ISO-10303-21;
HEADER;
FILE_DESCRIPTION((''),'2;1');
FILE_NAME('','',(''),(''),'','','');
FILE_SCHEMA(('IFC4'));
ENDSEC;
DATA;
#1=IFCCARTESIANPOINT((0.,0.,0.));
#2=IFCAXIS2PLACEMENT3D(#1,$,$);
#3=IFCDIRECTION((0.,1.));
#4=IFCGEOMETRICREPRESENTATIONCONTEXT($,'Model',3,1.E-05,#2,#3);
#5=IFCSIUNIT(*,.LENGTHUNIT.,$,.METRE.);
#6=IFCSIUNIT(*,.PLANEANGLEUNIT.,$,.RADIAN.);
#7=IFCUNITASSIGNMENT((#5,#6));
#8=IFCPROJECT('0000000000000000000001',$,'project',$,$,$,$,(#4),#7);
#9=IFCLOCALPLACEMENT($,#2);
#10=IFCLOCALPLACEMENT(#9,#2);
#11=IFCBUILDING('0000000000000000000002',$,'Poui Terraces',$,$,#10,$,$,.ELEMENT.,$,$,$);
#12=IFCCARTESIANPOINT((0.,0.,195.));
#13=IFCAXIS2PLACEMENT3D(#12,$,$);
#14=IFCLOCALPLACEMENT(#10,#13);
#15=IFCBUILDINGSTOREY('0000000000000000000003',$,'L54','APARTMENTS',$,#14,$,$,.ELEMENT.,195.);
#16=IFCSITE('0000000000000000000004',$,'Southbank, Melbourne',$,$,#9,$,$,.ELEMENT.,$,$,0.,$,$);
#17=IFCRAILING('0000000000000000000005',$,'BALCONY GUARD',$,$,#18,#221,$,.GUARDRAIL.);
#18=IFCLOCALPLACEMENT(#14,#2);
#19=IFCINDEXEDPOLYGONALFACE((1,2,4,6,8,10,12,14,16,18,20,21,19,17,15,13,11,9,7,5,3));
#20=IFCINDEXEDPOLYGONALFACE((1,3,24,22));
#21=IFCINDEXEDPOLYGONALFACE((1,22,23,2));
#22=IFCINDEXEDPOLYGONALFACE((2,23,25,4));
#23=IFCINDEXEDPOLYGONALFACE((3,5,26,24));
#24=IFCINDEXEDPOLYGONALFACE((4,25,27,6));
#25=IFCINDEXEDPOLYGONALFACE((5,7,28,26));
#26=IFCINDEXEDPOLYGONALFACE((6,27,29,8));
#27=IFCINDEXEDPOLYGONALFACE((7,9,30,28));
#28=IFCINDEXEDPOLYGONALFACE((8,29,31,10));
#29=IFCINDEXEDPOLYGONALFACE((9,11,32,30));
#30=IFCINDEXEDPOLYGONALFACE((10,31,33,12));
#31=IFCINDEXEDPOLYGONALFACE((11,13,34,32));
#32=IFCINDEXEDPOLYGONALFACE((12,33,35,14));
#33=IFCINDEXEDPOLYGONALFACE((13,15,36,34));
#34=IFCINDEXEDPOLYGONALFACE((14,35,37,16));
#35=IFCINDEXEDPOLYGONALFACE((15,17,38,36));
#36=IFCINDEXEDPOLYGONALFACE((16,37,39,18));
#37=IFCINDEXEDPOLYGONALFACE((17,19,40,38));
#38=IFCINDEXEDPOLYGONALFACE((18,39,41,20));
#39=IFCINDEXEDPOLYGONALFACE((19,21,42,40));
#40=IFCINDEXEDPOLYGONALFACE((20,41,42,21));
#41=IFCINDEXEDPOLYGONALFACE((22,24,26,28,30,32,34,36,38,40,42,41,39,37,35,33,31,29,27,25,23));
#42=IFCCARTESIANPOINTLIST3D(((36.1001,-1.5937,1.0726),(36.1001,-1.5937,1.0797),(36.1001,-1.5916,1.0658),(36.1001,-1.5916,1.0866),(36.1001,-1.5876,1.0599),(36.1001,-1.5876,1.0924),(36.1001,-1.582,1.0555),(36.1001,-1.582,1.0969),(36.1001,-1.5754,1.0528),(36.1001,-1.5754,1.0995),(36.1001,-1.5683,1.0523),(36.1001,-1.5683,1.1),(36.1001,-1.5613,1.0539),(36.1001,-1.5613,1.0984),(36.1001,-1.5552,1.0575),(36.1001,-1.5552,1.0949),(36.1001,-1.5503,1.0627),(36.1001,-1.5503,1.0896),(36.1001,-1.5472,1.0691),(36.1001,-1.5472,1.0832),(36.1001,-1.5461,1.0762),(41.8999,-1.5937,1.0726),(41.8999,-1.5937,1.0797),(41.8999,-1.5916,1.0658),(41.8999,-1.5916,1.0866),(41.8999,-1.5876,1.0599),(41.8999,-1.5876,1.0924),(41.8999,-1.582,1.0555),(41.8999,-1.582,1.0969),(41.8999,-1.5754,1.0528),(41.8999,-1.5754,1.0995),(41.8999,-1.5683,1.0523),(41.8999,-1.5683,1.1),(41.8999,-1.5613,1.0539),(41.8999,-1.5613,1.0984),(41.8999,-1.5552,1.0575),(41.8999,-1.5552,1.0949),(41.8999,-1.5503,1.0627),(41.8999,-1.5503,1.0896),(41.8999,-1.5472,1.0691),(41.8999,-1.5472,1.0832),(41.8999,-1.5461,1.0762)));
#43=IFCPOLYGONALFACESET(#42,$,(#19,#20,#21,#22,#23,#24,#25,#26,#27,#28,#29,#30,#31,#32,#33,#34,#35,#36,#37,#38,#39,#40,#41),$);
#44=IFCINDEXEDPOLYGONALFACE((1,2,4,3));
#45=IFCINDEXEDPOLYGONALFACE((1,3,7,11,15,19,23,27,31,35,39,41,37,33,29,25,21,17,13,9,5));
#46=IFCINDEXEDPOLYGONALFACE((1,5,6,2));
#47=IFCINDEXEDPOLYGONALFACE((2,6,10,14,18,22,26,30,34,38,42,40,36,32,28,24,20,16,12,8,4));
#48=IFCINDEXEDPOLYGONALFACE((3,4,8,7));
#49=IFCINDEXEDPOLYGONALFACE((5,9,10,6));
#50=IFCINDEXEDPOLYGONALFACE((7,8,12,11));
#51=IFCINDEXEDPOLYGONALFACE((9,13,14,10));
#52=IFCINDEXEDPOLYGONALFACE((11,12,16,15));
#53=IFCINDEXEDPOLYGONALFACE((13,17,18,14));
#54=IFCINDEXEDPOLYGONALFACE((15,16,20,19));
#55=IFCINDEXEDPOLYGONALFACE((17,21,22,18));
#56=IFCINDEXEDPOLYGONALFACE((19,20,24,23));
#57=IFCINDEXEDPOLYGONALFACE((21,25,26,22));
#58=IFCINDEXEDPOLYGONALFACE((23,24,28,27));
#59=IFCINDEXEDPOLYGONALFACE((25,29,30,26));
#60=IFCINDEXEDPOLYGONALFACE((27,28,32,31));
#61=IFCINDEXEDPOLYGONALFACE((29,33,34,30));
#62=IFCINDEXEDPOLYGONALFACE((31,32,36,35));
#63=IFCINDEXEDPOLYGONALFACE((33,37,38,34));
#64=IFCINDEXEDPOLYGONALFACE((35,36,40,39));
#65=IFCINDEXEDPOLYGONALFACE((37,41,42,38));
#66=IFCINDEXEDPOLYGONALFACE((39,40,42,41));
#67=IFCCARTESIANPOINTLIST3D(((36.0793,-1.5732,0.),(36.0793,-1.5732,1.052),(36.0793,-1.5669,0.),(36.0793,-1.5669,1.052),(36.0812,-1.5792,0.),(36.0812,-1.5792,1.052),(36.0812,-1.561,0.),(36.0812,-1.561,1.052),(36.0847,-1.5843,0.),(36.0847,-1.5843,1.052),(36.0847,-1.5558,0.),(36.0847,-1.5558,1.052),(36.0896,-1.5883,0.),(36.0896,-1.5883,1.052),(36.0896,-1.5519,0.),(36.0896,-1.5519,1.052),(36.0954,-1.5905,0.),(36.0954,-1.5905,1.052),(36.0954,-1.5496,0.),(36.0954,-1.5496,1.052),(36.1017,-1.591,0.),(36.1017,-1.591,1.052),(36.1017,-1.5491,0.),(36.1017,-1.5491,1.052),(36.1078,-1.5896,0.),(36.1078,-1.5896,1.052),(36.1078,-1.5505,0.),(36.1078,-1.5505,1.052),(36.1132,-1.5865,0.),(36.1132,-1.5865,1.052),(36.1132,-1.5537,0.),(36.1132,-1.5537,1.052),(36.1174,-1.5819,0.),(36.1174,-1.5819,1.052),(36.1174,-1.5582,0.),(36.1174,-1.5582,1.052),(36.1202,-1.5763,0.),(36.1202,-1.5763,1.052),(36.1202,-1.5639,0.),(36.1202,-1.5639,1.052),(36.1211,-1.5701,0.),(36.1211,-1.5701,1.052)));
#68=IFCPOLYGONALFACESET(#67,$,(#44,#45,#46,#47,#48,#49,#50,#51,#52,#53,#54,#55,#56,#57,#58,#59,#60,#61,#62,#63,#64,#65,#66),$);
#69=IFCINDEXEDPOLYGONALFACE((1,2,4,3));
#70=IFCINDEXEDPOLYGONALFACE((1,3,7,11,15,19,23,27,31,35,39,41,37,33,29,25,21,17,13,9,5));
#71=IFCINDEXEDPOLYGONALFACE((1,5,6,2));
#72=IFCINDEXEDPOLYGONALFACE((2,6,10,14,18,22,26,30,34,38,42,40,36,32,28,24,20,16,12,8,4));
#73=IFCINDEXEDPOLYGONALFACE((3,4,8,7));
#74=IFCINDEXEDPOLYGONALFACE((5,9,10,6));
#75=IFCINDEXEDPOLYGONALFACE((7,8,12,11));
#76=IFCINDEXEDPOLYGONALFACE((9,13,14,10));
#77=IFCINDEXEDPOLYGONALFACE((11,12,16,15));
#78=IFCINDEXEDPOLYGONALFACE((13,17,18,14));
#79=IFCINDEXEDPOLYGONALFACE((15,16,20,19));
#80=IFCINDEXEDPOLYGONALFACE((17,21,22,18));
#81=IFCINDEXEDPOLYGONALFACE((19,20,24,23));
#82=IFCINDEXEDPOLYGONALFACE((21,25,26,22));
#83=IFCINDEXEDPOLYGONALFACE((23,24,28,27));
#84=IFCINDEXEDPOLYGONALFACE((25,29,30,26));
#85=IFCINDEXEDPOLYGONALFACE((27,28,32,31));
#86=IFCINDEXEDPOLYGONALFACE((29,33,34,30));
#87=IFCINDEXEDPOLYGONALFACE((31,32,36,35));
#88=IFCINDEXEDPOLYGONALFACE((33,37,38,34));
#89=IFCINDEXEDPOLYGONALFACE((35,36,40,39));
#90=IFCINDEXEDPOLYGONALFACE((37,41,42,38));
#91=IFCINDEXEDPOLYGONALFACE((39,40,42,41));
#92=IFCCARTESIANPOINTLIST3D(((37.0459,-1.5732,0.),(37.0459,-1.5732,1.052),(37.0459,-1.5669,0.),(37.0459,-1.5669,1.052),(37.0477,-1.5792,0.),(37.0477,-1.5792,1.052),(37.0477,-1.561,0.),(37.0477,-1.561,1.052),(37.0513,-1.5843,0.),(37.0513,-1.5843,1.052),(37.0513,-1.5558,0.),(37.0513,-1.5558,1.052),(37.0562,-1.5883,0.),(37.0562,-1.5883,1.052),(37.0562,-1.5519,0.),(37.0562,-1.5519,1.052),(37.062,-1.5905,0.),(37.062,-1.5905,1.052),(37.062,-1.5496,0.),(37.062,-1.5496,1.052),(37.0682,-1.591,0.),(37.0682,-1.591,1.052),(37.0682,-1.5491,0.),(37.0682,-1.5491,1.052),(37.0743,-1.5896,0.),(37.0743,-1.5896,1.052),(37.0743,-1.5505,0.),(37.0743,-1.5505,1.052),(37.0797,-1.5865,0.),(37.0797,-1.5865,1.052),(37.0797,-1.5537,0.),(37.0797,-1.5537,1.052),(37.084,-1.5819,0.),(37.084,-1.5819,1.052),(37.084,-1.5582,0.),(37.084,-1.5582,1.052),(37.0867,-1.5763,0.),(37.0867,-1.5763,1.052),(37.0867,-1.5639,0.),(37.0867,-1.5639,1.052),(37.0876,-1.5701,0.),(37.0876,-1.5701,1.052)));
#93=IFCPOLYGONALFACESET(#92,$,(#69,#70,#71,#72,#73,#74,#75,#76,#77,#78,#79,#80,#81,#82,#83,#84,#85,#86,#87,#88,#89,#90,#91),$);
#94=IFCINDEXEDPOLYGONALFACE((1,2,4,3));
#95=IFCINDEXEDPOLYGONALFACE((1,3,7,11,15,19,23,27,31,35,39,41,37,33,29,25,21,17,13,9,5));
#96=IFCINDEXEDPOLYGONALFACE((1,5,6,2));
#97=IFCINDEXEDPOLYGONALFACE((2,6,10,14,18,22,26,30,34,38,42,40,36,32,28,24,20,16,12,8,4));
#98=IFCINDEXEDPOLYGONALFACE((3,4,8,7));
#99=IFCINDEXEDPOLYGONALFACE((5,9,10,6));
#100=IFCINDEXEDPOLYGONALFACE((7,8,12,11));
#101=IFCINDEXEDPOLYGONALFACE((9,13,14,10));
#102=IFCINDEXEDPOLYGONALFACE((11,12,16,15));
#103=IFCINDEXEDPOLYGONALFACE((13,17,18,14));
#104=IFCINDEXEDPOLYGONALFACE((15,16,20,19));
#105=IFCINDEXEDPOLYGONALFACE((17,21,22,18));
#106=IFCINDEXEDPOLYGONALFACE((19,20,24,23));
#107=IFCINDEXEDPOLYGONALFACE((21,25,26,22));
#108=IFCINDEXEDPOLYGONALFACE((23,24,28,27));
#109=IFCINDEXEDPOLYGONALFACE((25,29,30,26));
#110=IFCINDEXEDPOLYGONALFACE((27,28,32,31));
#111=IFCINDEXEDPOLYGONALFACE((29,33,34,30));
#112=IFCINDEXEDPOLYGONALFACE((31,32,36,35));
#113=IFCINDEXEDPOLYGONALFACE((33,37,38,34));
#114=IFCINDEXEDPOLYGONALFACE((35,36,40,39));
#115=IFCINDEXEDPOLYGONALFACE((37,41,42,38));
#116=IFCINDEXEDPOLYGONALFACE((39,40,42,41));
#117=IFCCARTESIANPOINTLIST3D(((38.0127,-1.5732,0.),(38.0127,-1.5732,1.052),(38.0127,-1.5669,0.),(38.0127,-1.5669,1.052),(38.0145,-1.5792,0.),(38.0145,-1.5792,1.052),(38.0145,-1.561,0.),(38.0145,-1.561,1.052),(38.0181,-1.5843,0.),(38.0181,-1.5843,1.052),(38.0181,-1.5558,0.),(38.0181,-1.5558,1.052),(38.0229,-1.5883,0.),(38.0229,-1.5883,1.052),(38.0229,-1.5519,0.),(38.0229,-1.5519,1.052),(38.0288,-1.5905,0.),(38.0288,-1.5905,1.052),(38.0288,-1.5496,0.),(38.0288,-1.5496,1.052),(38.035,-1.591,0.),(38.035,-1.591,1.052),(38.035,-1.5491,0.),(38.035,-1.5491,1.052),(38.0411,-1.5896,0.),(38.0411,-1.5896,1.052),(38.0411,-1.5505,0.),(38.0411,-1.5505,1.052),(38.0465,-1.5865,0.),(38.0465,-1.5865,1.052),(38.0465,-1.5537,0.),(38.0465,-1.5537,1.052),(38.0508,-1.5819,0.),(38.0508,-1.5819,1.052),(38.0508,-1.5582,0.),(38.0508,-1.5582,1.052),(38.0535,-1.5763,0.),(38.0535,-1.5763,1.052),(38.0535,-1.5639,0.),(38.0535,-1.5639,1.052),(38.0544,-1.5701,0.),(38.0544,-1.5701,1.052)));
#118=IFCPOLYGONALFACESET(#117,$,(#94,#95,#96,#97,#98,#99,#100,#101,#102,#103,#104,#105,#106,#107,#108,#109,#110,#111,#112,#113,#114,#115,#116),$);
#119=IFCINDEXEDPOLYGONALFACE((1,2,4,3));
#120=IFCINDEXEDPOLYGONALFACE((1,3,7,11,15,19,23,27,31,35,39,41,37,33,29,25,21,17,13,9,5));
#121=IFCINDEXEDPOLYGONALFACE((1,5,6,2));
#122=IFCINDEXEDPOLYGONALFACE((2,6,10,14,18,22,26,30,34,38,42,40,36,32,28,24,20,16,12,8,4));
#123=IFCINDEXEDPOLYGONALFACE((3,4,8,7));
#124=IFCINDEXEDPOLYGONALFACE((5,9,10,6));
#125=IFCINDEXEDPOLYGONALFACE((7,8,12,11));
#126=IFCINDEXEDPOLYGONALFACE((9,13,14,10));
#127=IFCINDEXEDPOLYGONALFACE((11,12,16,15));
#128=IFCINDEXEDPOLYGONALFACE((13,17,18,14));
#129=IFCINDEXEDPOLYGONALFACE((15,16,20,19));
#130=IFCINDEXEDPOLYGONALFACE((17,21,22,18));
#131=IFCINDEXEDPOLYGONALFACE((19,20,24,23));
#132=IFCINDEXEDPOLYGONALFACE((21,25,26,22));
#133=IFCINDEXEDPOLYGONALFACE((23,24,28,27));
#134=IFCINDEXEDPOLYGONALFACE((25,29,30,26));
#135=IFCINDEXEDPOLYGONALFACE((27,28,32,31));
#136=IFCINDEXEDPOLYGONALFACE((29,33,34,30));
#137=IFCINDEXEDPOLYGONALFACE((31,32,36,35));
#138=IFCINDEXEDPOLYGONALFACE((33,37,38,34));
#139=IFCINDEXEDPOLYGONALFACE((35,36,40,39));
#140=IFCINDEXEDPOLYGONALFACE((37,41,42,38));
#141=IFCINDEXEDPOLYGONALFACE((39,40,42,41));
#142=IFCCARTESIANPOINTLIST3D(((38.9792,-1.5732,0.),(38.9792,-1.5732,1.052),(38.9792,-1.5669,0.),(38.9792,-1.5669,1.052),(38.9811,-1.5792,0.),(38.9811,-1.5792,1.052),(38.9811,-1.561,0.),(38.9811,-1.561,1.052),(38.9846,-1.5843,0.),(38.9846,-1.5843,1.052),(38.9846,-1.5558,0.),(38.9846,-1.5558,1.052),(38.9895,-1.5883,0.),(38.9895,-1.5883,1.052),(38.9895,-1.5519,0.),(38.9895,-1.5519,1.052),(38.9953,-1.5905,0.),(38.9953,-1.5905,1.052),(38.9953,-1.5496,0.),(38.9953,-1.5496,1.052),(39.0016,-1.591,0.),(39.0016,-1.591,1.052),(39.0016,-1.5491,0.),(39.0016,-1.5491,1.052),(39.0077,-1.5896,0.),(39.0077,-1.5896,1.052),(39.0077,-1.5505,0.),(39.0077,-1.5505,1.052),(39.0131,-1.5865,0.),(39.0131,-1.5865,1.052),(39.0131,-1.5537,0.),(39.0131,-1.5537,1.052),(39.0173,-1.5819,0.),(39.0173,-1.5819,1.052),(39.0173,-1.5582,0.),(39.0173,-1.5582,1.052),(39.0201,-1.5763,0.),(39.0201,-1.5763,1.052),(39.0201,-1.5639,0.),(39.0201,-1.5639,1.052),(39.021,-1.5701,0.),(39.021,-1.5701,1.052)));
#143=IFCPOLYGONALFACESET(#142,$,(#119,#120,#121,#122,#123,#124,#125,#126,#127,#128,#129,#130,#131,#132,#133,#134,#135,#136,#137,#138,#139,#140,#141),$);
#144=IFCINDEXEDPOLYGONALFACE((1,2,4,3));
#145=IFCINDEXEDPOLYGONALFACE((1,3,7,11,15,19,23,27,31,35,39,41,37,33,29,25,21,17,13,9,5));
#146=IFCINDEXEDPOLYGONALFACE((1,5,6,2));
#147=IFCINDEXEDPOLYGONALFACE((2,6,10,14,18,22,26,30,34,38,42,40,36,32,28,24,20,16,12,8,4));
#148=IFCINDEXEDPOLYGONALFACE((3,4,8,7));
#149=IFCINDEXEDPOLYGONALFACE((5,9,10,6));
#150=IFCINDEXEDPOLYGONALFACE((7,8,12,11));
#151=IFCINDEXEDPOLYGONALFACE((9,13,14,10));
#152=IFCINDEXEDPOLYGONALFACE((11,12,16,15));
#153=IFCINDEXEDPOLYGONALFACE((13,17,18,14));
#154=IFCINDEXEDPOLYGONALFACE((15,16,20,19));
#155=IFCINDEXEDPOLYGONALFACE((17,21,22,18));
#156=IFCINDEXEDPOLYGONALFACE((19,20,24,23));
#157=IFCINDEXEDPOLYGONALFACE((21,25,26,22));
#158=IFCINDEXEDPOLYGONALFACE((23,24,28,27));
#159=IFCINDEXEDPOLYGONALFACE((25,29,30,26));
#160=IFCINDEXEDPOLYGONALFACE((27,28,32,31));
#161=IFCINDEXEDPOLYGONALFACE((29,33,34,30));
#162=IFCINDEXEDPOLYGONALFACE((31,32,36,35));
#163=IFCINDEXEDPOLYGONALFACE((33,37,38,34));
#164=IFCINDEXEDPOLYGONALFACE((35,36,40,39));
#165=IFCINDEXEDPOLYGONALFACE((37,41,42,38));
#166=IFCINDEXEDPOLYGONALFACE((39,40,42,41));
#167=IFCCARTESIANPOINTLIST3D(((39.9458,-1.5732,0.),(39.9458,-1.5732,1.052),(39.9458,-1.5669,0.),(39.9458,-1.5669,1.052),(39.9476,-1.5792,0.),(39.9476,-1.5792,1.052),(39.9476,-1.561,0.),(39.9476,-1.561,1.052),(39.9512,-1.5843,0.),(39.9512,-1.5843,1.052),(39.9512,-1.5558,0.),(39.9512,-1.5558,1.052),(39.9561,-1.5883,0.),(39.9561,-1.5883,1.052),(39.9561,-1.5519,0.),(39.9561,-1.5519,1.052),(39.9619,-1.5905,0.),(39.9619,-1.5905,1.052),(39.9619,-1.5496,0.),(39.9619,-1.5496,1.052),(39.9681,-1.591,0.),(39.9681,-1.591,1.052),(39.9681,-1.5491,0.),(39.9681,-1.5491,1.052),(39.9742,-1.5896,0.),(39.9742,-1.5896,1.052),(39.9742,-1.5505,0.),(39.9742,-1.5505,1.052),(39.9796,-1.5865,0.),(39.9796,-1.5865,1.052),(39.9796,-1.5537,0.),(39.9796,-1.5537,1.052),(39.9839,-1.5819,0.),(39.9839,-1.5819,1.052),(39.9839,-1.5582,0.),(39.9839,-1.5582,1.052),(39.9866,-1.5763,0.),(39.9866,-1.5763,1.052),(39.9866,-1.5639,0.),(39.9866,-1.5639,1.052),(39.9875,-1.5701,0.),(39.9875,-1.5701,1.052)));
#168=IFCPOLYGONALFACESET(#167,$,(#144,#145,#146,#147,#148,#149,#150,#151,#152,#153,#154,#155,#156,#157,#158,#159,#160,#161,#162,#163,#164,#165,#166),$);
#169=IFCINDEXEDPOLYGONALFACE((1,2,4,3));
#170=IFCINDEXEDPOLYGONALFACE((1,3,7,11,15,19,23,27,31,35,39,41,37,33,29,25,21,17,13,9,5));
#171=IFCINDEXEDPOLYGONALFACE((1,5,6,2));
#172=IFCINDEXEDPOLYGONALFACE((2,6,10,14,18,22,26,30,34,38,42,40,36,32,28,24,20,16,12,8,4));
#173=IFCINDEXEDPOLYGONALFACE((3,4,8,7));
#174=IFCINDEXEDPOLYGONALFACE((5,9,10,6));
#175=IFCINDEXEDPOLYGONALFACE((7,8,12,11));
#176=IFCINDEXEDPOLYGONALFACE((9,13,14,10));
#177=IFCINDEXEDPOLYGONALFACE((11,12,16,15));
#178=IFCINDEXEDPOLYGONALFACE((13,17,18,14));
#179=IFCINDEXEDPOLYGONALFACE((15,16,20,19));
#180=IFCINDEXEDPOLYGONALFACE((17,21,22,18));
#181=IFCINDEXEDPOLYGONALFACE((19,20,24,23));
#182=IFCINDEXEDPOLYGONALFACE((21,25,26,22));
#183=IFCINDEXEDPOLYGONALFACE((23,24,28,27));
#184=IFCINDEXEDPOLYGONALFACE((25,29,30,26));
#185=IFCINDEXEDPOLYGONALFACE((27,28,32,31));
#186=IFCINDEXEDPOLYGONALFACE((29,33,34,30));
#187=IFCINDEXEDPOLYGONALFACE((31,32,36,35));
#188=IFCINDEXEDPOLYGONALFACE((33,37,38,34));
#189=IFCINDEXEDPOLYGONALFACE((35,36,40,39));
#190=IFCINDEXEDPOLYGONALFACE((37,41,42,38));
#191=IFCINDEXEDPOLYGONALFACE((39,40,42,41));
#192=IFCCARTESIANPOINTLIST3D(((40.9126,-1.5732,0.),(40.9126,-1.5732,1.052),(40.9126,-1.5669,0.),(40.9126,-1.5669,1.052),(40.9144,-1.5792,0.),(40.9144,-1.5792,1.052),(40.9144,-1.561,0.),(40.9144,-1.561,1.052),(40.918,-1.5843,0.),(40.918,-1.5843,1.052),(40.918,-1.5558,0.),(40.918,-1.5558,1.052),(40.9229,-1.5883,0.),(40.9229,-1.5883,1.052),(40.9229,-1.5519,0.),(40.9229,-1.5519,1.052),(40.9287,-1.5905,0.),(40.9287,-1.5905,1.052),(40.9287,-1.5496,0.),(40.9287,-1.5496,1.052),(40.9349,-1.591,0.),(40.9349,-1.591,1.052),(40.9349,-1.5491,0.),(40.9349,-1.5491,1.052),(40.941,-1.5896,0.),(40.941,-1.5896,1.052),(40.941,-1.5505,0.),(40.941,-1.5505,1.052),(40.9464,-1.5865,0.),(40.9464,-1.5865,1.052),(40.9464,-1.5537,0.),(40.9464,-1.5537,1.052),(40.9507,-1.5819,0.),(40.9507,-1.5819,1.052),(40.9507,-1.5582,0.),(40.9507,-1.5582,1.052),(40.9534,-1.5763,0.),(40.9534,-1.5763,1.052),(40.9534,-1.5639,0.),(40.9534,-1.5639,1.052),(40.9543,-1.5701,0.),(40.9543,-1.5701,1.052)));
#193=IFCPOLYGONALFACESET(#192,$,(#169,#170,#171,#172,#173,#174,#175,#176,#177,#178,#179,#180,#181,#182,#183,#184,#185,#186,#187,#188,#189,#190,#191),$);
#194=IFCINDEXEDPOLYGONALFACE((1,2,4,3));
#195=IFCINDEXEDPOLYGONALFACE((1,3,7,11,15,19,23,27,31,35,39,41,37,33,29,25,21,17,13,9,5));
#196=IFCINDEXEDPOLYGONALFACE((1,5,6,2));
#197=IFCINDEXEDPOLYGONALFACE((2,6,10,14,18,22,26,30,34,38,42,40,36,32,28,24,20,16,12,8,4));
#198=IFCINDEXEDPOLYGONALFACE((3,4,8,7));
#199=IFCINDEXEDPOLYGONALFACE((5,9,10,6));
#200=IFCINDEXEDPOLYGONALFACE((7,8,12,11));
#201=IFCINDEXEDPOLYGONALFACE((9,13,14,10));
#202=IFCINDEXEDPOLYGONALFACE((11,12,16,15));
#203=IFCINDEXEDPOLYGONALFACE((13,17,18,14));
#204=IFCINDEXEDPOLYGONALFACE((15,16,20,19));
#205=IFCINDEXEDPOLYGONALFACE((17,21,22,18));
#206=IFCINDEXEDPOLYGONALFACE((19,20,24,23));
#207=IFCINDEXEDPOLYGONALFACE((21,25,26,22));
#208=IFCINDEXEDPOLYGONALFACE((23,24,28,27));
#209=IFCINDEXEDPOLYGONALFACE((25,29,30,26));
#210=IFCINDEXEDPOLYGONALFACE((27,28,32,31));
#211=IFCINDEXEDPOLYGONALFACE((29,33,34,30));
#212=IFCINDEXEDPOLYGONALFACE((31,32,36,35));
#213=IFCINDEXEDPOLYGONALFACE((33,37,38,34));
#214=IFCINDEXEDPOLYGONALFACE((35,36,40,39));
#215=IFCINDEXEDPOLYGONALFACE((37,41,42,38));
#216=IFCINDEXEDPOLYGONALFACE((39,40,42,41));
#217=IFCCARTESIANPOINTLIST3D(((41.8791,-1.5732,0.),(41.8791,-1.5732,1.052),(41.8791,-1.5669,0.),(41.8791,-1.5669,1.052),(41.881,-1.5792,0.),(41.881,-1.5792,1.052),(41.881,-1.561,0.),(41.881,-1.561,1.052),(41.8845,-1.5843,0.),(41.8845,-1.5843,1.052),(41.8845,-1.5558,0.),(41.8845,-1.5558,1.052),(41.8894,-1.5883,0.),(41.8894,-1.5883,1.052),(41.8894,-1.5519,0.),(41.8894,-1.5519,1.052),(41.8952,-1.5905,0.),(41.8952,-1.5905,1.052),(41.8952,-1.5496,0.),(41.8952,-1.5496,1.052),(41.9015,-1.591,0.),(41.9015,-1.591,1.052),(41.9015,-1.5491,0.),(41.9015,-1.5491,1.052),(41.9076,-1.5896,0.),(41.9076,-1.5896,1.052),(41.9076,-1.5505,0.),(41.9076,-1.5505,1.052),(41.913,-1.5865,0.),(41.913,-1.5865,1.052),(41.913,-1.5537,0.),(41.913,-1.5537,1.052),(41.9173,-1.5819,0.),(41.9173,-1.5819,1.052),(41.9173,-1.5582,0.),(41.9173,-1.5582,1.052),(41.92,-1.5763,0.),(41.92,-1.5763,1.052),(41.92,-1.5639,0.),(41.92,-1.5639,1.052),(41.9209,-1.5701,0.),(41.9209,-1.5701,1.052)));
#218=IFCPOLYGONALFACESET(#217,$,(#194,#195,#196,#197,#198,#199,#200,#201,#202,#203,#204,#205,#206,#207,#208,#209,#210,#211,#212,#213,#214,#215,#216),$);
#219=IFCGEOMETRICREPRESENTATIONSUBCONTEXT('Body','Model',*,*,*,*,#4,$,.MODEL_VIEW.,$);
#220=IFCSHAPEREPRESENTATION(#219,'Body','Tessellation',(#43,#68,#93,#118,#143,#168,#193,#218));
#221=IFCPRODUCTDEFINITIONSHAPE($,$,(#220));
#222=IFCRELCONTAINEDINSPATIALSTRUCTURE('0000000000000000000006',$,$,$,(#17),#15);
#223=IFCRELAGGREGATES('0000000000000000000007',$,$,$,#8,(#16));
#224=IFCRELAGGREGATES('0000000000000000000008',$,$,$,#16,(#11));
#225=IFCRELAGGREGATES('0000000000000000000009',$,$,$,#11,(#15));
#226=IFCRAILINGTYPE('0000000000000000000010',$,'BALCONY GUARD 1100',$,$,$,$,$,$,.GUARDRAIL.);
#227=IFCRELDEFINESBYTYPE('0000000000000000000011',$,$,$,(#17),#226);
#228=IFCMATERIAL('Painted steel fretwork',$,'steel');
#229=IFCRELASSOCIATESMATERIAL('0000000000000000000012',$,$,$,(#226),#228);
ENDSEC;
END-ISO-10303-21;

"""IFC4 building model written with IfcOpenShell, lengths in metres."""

from ifc_helpers import new_model, si_unit, direction, frame, origin, origin_2d, place, context, subcontext, project, spatial, circle, extrude, material, type_object, element, save


model = new_model("IFC4")

# Units and contexts
model_context = context("Model", 3, precision=1e-05, world=origin(), true_north=direction((0.0, 1.0)))
body_context = subcontext(model_context, "Body", "Model", "MODEL_VIEW")
ifc_project = project(units=[si_unit("LENGTHUNIT", "METRE"), si_unit("PLANEANGLEUNIT", "RADIAN")], contexts=[model_context])

# Site, building, storey
site_placement = place(None, origin())
site = spatial("IfcSite", under=ifc_project, at=site_placement, Name="Southbank, Melbourne", CompositionType="ELEMENT", RefElevation=0.0)
building_placement = place(site_placement, origin())
building = spatial("IfcBuilding", under=site, at=building_placement, Name="Poui Terraces", CompositionType="ELEMENT")
storey_placement = place(building_placement, frame((0.0, 0.0, 195.0)))
storey = spatial("IfcBuildingStorey", under=building, at=storey_placement, Name="L54", Description="APARTMENTS", CompositionType="ELEMENT", Elevation=195.0)

# Railing
ifc_material_1 = material(Name="Painted steel fretwork", Category="steel")
railing_type = type_object("IfcRailingType", Name="BALCONY GUARD 1100", PredefinedType="GUARDRAIL", material=ifc_material_1)
railing_placement = place(storey_placement, frame((36.1001, -1.5701, 0.0)))
element("IfcRailing", 1, at=railing_placement, inside=storey, type_object=railing_type, Name="BALCONY GUARD", PredefinedType="GUARDRAIL", context=body_context, shape_type="SweptSolid", body=[
    extrude(circle(Radius=0.0239, at=origin_2d()), frame((0.0, 0.0, 1.0762), z_axis=(1.0, 0.0, 0.0), x_axis=(0.0, 1.0, 0.0)), (0.0, 0.0, 1.0), 5.7998),
    extrude(circle(Radius=0.021, at=origin_2d()), origin(), (0.0, 0.0, 1.0), 1.052),
    extrude(circle(Radius=0.021, at=origin_2d()), frame((0.9666, 0.0, 0.0)), (0.0, 0.0, 1.0), 1.052),
    extrude(circle(Radius=0.021, at=origin_2d()), frame((1.9333, 0.0, 0.0)), (0.0, 0.0, 1.0), 1.052),
    extrude(circle(Radius=0.021, at=origin_2d()), frame((2.8999, 0.0, 0.0)), (0.0, 0.0, 1.0), 1.052),
    extrude(circle(Radius=0.021, at=origin_2d()), frame((3.8665, 0.0, 0.0)), (0.0, 0.0, 1.0), 1.052),
    extrude(circle(Radius=0.021, at=origin_2d()), frame((4.8333, 0.0, 0.0)), (0.0, 0.0, 1.0), 1.052),
    extrude(circle(Radius=0.021, at=origin_2d()), frame((5.7998, 0.0, 0.0)), (0.0, 0.0, 1.0), 1.052),
])

save(model, "model.ifc")
